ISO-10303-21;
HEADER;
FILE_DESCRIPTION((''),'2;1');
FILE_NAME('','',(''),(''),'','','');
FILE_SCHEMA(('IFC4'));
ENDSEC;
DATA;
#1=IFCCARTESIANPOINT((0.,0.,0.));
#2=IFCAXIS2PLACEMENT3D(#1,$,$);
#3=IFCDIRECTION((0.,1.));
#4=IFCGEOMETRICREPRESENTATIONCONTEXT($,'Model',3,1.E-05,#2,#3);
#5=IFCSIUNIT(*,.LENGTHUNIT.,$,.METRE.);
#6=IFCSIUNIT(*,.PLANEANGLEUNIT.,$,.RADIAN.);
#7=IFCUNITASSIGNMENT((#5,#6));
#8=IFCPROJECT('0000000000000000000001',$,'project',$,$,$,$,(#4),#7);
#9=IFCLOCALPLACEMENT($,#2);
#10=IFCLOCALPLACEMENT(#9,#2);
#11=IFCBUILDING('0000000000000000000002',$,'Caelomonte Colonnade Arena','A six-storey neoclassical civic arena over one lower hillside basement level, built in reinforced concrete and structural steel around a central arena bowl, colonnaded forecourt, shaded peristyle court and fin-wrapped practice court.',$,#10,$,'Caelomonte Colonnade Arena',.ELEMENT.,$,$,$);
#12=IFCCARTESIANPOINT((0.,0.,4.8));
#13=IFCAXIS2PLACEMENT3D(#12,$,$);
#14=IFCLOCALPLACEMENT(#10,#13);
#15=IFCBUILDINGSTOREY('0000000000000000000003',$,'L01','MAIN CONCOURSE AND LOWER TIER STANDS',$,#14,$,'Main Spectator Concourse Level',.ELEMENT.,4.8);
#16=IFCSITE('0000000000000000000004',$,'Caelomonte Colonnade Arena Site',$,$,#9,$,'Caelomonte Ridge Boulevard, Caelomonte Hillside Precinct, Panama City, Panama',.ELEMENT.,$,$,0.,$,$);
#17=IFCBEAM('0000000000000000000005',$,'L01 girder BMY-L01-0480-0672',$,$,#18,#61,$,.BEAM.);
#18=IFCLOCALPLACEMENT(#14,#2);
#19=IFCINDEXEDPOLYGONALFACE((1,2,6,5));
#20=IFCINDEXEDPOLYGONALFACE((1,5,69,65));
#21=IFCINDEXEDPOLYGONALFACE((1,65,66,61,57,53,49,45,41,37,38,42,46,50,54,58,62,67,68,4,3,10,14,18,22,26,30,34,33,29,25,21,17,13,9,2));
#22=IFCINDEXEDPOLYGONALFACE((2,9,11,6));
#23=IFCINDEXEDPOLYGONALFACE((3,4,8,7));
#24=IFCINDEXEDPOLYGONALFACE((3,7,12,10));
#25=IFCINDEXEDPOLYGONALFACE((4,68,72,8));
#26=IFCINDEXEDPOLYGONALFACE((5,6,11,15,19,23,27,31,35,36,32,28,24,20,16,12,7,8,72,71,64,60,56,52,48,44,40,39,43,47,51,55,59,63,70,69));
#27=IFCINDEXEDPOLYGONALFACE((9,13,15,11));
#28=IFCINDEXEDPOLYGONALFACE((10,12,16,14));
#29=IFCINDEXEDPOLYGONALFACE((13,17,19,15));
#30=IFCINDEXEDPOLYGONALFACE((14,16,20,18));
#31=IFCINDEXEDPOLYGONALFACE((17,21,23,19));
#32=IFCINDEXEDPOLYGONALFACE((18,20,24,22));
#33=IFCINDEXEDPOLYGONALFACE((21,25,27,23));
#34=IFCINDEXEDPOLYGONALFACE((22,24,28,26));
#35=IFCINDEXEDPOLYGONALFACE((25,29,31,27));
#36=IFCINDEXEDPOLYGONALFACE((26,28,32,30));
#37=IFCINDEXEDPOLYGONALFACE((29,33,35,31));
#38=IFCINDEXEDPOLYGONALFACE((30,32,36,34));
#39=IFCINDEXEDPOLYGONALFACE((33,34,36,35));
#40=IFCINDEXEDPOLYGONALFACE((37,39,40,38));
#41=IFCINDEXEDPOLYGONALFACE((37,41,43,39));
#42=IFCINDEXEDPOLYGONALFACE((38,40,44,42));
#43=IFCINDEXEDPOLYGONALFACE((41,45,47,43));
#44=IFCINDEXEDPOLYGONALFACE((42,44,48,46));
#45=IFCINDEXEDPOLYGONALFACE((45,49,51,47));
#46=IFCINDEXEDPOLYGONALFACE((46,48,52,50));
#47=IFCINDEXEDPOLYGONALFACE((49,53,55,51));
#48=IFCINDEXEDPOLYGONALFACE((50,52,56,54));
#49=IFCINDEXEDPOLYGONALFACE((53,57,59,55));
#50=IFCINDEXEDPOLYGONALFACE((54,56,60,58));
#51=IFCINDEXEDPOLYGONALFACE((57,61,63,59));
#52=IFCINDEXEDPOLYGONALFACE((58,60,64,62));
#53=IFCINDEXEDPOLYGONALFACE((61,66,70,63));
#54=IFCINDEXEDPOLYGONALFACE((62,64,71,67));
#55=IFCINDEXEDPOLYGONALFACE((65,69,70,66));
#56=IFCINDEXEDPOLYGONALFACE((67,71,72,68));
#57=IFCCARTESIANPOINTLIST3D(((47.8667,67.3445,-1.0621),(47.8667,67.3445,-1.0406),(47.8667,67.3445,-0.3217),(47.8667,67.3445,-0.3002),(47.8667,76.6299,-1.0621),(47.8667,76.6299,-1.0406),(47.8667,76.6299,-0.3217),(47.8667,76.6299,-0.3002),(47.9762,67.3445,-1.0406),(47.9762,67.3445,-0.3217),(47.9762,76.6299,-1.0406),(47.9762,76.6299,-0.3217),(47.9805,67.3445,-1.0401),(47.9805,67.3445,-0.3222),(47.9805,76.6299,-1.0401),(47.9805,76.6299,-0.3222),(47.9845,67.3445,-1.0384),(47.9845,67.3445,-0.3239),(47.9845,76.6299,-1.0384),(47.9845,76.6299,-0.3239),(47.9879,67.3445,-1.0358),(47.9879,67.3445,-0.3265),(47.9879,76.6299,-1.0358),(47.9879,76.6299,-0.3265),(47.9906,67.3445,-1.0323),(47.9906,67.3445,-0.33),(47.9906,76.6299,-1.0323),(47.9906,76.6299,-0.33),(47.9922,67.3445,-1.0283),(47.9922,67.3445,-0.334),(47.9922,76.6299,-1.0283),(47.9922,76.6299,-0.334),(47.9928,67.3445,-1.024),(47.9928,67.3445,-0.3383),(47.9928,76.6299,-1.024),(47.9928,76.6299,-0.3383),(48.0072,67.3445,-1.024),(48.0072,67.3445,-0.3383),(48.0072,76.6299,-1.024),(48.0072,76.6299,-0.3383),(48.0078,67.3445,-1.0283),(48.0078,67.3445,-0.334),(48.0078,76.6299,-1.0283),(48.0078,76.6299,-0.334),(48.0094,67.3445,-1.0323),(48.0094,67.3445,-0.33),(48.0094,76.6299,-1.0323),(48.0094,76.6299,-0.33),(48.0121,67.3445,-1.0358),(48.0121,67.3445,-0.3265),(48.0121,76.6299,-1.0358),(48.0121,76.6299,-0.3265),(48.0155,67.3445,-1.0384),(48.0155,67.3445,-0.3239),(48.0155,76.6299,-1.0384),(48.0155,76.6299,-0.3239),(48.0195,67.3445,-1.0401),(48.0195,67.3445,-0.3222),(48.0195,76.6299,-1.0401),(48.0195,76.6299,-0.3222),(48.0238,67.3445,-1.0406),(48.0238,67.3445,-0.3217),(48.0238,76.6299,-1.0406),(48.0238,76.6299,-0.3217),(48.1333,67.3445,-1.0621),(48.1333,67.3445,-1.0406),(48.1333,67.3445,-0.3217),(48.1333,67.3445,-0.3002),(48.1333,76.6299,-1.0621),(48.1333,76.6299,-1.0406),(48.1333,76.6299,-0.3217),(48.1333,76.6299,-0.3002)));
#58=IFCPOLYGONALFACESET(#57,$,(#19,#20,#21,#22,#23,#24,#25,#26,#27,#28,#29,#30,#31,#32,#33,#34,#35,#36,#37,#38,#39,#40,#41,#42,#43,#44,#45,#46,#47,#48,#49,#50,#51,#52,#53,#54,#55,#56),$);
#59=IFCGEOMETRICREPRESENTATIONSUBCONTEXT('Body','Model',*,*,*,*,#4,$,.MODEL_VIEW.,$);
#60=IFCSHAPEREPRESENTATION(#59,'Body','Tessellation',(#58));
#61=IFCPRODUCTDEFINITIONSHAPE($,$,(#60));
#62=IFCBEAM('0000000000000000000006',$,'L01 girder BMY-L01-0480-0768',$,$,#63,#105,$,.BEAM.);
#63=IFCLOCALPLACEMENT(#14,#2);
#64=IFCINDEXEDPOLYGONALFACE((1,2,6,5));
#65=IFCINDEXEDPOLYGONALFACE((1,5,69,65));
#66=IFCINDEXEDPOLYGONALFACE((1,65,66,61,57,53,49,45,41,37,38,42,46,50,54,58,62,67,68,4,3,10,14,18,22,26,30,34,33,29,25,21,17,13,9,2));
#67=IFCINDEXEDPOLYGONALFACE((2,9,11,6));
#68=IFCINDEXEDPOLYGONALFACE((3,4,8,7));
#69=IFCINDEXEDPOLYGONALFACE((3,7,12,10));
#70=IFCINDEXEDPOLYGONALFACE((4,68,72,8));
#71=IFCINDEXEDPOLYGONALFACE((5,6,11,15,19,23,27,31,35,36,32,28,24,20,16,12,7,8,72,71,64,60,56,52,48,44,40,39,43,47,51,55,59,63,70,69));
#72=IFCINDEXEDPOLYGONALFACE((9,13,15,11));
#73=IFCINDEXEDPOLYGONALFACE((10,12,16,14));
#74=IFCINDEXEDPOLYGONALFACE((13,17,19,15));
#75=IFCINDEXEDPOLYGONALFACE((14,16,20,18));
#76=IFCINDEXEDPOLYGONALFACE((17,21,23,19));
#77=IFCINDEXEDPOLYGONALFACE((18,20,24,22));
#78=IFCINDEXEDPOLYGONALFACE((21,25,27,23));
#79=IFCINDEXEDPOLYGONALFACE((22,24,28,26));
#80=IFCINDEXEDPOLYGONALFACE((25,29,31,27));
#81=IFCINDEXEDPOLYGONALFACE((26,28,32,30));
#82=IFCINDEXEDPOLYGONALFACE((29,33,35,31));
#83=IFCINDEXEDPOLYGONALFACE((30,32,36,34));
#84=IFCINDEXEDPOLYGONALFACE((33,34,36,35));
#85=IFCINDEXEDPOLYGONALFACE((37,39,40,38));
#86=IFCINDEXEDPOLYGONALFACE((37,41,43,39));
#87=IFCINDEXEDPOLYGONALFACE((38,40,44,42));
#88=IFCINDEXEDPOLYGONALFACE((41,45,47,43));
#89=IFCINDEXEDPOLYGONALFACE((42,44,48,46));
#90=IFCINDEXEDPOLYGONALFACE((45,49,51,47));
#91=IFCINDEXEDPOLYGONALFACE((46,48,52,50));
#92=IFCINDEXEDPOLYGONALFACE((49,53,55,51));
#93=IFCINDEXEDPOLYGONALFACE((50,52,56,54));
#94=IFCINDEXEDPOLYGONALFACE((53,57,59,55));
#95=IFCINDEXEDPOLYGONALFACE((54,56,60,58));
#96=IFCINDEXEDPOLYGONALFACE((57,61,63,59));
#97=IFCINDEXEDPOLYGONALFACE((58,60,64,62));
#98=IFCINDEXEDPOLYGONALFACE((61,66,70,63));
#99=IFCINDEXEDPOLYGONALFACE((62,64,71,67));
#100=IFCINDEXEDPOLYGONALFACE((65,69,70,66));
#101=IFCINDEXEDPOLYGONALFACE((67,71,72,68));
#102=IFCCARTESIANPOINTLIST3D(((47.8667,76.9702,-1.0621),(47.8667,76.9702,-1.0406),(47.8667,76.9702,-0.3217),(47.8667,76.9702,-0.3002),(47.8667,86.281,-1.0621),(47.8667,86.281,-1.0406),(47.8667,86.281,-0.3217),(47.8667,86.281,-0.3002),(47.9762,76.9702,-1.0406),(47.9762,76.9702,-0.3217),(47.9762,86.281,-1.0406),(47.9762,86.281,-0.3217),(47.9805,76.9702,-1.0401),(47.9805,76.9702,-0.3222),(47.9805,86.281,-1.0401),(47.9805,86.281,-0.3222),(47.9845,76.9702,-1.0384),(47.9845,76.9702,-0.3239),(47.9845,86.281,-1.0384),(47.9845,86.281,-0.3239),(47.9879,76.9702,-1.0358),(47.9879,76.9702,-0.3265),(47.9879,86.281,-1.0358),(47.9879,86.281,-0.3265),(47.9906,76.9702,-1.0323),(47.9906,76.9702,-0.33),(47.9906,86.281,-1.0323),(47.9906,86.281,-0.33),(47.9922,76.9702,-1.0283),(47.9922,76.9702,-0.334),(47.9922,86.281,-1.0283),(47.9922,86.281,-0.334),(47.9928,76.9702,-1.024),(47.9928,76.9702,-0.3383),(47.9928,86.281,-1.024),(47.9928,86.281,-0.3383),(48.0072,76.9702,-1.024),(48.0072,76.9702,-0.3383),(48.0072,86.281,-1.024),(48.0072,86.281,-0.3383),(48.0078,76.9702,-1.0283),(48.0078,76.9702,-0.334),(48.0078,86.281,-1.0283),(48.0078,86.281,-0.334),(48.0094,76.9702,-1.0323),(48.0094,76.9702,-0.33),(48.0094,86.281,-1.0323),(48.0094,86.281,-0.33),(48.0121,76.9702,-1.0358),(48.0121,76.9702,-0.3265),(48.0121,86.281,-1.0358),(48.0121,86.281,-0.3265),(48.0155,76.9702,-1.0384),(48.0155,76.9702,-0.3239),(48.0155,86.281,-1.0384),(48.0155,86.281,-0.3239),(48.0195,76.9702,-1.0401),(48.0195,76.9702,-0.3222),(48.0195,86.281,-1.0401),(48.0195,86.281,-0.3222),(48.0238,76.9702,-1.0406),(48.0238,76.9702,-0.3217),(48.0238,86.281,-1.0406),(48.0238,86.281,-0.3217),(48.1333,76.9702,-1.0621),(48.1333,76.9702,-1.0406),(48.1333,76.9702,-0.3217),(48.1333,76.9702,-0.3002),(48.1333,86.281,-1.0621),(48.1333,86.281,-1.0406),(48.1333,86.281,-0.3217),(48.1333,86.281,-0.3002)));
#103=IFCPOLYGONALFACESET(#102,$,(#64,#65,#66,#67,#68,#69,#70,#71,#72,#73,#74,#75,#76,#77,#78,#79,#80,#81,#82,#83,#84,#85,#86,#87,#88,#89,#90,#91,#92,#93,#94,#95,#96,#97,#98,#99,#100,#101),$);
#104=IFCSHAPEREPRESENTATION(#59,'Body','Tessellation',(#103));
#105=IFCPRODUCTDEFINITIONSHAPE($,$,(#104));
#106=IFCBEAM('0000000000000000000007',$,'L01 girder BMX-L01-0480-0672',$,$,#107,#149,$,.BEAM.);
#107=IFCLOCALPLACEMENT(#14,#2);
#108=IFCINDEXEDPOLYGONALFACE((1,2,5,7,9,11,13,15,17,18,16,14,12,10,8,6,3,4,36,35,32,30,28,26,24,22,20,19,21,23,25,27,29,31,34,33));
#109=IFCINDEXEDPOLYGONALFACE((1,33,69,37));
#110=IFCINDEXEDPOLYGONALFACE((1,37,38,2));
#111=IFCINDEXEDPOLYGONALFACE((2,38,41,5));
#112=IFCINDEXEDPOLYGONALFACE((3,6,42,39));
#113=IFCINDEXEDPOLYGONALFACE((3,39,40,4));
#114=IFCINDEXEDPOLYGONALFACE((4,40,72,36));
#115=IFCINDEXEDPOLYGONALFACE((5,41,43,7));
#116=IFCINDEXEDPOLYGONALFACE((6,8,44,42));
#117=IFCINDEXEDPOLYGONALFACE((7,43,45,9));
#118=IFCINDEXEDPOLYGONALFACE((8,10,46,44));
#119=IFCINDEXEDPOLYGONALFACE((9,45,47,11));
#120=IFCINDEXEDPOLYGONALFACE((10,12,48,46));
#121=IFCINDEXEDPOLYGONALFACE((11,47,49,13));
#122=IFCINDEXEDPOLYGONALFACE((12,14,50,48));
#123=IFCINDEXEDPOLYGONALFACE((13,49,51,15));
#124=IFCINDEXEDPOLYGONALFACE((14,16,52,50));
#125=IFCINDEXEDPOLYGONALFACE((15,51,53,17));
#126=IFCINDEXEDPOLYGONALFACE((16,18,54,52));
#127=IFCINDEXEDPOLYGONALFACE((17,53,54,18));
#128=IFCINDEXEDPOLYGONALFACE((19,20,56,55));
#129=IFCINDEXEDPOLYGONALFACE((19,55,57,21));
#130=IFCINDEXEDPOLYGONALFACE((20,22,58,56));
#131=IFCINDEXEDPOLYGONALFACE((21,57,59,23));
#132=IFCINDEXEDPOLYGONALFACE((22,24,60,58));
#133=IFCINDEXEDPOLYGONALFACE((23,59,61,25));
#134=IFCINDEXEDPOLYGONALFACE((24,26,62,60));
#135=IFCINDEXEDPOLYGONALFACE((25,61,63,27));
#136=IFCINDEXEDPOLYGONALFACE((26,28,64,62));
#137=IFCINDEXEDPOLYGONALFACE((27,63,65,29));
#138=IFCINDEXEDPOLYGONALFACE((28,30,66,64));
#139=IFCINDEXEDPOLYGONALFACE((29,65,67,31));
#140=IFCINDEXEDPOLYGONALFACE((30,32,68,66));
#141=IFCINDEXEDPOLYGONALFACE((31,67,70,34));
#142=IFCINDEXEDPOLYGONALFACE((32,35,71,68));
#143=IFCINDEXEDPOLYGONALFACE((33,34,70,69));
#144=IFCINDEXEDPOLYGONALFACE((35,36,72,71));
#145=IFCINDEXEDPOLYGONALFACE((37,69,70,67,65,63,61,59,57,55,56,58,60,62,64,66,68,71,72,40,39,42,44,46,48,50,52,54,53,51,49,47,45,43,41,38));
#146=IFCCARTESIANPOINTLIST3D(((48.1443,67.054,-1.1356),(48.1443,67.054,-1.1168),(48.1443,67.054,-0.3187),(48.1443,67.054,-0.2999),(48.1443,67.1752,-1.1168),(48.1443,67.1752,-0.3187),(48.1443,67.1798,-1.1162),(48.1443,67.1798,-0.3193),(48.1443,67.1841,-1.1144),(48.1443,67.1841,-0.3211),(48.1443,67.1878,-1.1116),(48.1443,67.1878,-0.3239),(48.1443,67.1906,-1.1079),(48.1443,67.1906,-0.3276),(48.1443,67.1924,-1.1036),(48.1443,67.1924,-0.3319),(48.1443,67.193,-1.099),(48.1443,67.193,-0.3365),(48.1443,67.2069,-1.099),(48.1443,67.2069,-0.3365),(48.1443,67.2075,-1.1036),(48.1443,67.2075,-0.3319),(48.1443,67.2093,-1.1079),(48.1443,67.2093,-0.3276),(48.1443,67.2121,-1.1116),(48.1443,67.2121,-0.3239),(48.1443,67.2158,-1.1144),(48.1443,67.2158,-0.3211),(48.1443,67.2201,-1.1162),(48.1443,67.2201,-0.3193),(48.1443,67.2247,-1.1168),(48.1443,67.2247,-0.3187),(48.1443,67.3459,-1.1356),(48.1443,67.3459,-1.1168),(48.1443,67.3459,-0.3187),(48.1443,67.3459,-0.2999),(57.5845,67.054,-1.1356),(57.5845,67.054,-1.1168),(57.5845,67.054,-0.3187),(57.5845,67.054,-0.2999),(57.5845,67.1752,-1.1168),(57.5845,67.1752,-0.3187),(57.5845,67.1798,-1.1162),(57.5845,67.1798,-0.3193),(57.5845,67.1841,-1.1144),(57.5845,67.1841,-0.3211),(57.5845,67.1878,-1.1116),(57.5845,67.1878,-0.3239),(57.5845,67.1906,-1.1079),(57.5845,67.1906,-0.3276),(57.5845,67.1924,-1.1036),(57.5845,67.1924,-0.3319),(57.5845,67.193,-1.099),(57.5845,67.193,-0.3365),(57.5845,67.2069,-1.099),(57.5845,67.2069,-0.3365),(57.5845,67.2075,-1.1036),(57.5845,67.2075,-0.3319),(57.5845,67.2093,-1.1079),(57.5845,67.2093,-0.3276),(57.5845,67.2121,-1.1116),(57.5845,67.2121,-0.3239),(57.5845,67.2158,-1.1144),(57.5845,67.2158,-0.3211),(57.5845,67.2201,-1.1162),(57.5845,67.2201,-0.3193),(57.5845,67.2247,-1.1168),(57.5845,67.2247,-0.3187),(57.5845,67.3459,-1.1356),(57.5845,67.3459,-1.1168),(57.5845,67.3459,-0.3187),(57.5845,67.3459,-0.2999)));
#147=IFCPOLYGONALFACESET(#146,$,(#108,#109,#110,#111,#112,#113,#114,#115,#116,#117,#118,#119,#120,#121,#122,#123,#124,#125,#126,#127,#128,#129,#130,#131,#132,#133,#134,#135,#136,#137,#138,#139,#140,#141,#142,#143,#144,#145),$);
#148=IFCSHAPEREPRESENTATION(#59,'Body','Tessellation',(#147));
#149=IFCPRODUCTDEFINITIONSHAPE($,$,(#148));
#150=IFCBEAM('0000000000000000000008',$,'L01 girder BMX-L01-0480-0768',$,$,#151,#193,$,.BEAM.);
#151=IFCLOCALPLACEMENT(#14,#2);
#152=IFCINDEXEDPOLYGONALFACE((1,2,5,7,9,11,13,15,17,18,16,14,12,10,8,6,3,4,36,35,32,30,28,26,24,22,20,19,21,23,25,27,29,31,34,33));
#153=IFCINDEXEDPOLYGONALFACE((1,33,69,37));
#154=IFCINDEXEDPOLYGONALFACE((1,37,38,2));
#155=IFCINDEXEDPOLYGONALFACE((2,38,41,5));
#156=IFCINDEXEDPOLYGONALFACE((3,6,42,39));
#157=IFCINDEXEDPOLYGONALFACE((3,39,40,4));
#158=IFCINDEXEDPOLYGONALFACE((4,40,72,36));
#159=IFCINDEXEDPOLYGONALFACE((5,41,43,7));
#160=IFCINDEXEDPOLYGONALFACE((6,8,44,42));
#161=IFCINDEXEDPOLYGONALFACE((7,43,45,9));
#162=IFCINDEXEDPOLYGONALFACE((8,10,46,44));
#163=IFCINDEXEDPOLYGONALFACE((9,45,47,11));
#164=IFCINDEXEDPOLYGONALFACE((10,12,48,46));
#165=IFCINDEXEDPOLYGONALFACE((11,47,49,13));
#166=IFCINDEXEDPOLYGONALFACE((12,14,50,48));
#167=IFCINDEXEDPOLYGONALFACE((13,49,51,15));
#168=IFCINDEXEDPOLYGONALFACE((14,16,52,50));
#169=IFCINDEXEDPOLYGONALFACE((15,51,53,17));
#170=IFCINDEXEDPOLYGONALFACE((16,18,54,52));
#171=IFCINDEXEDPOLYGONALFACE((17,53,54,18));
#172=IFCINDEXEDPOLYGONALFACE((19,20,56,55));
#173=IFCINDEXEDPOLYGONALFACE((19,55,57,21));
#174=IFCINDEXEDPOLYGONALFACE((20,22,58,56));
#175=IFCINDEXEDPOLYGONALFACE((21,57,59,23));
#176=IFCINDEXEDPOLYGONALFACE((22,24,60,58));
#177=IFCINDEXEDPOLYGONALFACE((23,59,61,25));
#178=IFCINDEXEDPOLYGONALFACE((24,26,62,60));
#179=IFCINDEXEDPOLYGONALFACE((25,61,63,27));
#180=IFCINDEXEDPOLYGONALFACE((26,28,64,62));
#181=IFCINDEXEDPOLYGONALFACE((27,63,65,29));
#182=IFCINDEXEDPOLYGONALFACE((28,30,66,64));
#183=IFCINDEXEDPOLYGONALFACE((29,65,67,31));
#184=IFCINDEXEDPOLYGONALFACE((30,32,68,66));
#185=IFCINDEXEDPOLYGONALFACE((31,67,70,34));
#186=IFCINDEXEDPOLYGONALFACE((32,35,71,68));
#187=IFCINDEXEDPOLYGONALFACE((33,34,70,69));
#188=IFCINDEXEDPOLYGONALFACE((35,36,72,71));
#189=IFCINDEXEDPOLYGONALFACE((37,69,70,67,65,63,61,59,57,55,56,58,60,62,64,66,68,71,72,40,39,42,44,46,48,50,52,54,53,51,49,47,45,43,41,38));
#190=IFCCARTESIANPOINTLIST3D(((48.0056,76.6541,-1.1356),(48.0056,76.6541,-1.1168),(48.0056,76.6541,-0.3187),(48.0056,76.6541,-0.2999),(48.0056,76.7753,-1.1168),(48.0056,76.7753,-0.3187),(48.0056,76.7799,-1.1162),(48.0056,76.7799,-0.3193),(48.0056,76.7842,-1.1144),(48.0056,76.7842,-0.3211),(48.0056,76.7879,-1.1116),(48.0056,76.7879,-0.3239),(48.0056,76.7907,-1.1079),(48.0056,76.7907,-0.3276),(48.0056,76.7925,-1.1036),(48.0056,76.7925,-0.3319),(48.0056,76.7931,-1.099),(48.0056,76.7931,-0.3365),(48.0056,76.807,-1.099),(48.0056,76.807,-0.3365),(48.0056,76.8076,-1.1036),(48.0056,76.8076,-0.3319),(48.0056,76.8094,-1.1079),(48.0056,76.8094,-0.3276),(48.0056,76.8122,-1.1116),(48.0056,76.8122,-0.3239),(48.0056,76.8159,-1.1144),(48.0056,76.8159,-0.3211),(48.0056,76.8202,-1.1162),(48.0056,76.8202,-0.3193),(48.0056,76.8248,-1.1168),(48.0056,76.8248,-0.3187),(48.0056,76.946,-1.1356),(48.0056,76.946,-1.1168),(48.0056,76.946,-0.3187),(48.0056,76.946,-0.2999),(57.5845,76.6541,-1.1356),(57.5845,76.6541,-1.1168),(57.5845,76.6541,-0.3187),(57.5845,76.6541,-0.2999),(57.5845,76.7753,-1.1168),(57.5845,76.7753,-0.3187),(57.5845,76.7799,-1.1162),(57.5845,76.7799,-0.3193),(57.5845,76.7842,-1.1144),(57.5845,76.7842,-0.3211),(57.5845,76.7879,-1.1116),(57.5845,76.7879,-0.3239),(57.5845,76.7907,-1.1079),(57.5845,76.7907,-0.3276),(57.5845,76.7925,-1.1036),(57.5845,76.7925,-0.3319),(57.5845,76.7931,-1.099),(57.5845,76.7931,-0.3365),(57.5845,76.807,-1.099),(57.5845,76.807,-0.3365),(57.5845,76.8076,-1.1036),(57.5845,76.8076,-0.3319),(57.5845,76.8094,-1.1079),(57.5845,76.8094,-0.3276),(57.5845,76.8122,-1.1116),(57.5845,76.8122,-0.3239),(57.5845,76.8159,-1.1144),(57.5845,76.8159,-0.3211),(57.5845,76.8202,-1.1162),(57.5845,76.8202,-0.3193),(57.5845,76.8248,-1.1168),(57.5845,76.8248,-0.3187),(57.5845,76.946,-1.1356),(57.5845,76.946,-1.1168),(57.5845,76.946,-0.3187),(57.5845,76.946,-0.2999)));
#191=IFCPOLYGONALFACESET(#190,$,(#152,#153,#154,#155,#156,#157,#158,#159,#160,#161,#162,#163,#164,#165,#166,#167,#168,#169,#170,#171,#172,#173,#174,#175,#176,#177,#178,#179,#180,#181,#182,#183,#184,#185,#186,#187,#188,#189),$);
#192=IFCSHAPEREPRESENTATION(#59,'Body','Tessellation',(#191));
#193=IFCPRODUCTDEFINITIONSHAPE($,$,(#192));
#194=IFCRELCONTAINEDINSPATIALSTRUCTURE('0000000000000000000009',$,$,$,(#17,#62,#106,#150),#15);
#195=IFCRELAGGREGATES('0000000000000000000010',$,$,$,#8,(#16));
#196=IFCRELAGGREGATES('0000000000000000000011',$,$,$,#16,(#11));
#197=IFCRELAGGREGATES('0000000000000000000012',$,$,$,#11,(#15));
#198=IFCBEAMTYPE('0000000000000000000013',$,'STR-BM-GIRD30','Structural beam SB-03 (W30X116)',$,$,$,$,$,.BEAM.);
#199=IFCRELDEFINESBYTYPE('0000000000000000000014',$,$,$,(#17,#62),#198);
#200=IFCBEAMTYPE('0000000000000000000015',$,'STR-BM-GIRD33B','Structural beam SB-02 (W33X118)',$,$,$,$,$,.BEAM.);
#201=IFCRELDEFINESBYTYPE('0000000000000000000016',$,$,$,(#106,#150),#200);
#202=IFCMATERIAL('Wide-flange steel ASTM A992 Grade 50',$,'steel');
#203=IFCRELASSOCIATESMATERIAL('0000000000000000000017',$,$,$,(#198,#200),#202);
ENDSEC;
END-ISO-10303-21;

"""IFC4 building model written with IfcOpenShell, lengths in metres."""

from ifc_helpers import new_model, si_unit, direction, frame, origin, origin_2d, place, context, subcontext, project, spatial, i_section, extrude, material, material_profile, profile_set, type_object, element, save


model = new_model("IFC4")

# Units and contexts
model_context = context("Model", 3, precision=1e-05, world=origin(), true_north=direction((0.0, 1.0)))
body_context = subcontext(model_context, "Body", "Model", "MODEL_VIEW")
ifc_project = project(units=[si_unit("LENGTHUNIT", "METRE"), si_unit("PLANEANGLEUNIT", "RADIAN")], contexts=[model_context])

# Site, building, storey
site_placement = place(None, origin())
site = spatial("IfcSite", under=ifc_project, at=site_placement, Name="Caelomonte Colonnade Arena Site", LongName="Caelomonte Ridge Boulevard, Caelomonte Hillside Precinct, Panama City, Panama", CompositionType="ELEMENT", RefElevation=0.0)
building_placement = place(site_placement, origin())
building = spatial("IfcBuilding", under=site, at=building_placement, Name="Caelomonte Colonnade Arena", Description="A six-storey neoclassical civic arena over one lower hillside basement level, built in reinforced concrete and structural steel around a central arena bowl, colonnaded forecourt, shaded peristyle court and fin-wrapped practice court.", LongName="Caelomonte Colonnade Arena", CompositionType="ELEMENT")
storey_placement = place(building_placement, frame((0.0, 0.0, 4.8)))
storey = spatial("IfcBuildingStorey", under=building, at=storey_placement, Name="L01", Description="MAIN CONCOURSE AND LOWER TIER STANDS", LongName="Main Spectator Concourse Level", CompositionType="ELEMENT", Elevation=4.8)

# Shared definitions
ifc_material_1 = material(Name="Wide-flange steel ASTM A992 Grade 50", Category="steel")

# Beams
ifc_material_profile_1 = material_profile(ifc_material_1, i_section(OverallWidth=0.2666, OverallDepth=0.762, WebThickness=0.0144, FlangeThickness=0.0215, FilletRadius=0.0166, at=origin_2d()), Name="W30X116")
ifc_profile_set_1 = profile_set([ifc_material_profile_1], Name="Wide-flange steel ASTM A992 Grade 50")
beam_type_1 = type_object("IfcBeamType", Name="STR-BM-GIRD30", Description="Structural beam SB-03 (W30X116)", PredefinedType="BEAM", material=ifc_profile_set_1)
beam_1_placement = place(storey_placement, frame((48.0, 67.3445, -0.6812), z_axis=(0.0, 1.0, 0.0), x_axis=(-1.0, 0.0, 0.0)))
element("IfcBeam", 1, at=beam_1_placement, inside=storey, type_object=beam_type_1, Name="L01 girder BMY-L01-0480-0672", PredefinedType="BEAM", context=body_context, shape_type="SweptSolid", body=[
    extrude(i_section(OverallWidth=0.2666, OverallDepth=0.762, WebThickness=0.0144, FlangeThickness=0.0215, FilletRadius=0.0166, at=origin_2d()), origin(), (0.0, 0.0, 1.0), 9.2854),
])
beam_2_placement = place(storey_placement, frame((48.0, 76.9702, -0.6812), z_axis=(0.0, 1.0, 0.0), x_axis=(-1.0, 0.0, 0.0)))
element("IfcBeam", 2, at=beam_2_placement, inside=storey, type_object=beam_type_1, Name="L01 girder BMY-L01-0480-0768", PredefinedType="BEAM", context=body_context, shape_type="SweptSolid", body=[
    extrude(i_section(OverallWidth=0.2666, OverallDepth=0.762, WebThickness=0.0144, FlangeThickness=0.0215, FilletRadius=0.0166, at=origin_2d()), origin(), (0.0, 0.0, 1.0), 9.3108),
])
ifc_material_profile_2 = material_profile(ifc_material_1, i_section(OverallWidth=0.292, OverallDepth=0.8357, WebThickness=0.0139, FlangeThickness=0.0188, FilletRadius=0.0178, at=origin_2d()), Name="W33X118")
ifc_profile_set_2 = profile_set([ifc_material_profile_2], Name="Wide-flange steel ASTM A992 Grade 50")
beam_type_2 = type_object("IfcBeamType", Name="STR-BM-GIRD33B", Description="Structural beam SB-02 (W33X118)", PredefinedType="BEAM", material=ifc_profile_set_2)
beam_3_placement = place(storey_placement, frame((48.1443, 67.2, -0.7178), z_axis=(1.0, 0.0, 0.0), x_axis=(0.0, 1.0, 0.0)))
element("IfcBeam", 3, at=beam_3_placement, inside=storey, type_object=beam_type_2, Name="L01 girder BMX-L01-0480-0672", PredefinedType="BEAM", context=body_context, shape_type="SweptSolid", body=[
    extrude(i_section(OverallWidth=0.292, OverallDepth=0.8357, WebThickness=0.0139, FlangeThickness=0.0188, FilletRadius=0.0178, at=origin_2d()), origin(), (0.0, 0.0, 1.0), 9.4402),
])
beam_4_placement = place(storey_placement, frame((48.0056, 76.8, -0.7178), z_axis=(1.0, 0.0, 0.0), x_axis=(0.0, 1.0, 0.0)))
element("IfcBeam", 4, at=beam_4_placement, inside=storey, type_object=beam_type_2, Name="L01 girder BMX-L01-0480-0768", PredefinedType="BEAM", context=body_context, shape_type="SweptSolid", body=[
    extrude(i_section(OverallWidth=0.292, OverallDepth=0.8357, WebThickness=0.0139, FlangeThickness=0.0188, FilletRadius=0.0178, at=origin_2d()), origin(), (0.0, 0.0, 1.0), 9.5789),
])

save(model, "model.ifc")
